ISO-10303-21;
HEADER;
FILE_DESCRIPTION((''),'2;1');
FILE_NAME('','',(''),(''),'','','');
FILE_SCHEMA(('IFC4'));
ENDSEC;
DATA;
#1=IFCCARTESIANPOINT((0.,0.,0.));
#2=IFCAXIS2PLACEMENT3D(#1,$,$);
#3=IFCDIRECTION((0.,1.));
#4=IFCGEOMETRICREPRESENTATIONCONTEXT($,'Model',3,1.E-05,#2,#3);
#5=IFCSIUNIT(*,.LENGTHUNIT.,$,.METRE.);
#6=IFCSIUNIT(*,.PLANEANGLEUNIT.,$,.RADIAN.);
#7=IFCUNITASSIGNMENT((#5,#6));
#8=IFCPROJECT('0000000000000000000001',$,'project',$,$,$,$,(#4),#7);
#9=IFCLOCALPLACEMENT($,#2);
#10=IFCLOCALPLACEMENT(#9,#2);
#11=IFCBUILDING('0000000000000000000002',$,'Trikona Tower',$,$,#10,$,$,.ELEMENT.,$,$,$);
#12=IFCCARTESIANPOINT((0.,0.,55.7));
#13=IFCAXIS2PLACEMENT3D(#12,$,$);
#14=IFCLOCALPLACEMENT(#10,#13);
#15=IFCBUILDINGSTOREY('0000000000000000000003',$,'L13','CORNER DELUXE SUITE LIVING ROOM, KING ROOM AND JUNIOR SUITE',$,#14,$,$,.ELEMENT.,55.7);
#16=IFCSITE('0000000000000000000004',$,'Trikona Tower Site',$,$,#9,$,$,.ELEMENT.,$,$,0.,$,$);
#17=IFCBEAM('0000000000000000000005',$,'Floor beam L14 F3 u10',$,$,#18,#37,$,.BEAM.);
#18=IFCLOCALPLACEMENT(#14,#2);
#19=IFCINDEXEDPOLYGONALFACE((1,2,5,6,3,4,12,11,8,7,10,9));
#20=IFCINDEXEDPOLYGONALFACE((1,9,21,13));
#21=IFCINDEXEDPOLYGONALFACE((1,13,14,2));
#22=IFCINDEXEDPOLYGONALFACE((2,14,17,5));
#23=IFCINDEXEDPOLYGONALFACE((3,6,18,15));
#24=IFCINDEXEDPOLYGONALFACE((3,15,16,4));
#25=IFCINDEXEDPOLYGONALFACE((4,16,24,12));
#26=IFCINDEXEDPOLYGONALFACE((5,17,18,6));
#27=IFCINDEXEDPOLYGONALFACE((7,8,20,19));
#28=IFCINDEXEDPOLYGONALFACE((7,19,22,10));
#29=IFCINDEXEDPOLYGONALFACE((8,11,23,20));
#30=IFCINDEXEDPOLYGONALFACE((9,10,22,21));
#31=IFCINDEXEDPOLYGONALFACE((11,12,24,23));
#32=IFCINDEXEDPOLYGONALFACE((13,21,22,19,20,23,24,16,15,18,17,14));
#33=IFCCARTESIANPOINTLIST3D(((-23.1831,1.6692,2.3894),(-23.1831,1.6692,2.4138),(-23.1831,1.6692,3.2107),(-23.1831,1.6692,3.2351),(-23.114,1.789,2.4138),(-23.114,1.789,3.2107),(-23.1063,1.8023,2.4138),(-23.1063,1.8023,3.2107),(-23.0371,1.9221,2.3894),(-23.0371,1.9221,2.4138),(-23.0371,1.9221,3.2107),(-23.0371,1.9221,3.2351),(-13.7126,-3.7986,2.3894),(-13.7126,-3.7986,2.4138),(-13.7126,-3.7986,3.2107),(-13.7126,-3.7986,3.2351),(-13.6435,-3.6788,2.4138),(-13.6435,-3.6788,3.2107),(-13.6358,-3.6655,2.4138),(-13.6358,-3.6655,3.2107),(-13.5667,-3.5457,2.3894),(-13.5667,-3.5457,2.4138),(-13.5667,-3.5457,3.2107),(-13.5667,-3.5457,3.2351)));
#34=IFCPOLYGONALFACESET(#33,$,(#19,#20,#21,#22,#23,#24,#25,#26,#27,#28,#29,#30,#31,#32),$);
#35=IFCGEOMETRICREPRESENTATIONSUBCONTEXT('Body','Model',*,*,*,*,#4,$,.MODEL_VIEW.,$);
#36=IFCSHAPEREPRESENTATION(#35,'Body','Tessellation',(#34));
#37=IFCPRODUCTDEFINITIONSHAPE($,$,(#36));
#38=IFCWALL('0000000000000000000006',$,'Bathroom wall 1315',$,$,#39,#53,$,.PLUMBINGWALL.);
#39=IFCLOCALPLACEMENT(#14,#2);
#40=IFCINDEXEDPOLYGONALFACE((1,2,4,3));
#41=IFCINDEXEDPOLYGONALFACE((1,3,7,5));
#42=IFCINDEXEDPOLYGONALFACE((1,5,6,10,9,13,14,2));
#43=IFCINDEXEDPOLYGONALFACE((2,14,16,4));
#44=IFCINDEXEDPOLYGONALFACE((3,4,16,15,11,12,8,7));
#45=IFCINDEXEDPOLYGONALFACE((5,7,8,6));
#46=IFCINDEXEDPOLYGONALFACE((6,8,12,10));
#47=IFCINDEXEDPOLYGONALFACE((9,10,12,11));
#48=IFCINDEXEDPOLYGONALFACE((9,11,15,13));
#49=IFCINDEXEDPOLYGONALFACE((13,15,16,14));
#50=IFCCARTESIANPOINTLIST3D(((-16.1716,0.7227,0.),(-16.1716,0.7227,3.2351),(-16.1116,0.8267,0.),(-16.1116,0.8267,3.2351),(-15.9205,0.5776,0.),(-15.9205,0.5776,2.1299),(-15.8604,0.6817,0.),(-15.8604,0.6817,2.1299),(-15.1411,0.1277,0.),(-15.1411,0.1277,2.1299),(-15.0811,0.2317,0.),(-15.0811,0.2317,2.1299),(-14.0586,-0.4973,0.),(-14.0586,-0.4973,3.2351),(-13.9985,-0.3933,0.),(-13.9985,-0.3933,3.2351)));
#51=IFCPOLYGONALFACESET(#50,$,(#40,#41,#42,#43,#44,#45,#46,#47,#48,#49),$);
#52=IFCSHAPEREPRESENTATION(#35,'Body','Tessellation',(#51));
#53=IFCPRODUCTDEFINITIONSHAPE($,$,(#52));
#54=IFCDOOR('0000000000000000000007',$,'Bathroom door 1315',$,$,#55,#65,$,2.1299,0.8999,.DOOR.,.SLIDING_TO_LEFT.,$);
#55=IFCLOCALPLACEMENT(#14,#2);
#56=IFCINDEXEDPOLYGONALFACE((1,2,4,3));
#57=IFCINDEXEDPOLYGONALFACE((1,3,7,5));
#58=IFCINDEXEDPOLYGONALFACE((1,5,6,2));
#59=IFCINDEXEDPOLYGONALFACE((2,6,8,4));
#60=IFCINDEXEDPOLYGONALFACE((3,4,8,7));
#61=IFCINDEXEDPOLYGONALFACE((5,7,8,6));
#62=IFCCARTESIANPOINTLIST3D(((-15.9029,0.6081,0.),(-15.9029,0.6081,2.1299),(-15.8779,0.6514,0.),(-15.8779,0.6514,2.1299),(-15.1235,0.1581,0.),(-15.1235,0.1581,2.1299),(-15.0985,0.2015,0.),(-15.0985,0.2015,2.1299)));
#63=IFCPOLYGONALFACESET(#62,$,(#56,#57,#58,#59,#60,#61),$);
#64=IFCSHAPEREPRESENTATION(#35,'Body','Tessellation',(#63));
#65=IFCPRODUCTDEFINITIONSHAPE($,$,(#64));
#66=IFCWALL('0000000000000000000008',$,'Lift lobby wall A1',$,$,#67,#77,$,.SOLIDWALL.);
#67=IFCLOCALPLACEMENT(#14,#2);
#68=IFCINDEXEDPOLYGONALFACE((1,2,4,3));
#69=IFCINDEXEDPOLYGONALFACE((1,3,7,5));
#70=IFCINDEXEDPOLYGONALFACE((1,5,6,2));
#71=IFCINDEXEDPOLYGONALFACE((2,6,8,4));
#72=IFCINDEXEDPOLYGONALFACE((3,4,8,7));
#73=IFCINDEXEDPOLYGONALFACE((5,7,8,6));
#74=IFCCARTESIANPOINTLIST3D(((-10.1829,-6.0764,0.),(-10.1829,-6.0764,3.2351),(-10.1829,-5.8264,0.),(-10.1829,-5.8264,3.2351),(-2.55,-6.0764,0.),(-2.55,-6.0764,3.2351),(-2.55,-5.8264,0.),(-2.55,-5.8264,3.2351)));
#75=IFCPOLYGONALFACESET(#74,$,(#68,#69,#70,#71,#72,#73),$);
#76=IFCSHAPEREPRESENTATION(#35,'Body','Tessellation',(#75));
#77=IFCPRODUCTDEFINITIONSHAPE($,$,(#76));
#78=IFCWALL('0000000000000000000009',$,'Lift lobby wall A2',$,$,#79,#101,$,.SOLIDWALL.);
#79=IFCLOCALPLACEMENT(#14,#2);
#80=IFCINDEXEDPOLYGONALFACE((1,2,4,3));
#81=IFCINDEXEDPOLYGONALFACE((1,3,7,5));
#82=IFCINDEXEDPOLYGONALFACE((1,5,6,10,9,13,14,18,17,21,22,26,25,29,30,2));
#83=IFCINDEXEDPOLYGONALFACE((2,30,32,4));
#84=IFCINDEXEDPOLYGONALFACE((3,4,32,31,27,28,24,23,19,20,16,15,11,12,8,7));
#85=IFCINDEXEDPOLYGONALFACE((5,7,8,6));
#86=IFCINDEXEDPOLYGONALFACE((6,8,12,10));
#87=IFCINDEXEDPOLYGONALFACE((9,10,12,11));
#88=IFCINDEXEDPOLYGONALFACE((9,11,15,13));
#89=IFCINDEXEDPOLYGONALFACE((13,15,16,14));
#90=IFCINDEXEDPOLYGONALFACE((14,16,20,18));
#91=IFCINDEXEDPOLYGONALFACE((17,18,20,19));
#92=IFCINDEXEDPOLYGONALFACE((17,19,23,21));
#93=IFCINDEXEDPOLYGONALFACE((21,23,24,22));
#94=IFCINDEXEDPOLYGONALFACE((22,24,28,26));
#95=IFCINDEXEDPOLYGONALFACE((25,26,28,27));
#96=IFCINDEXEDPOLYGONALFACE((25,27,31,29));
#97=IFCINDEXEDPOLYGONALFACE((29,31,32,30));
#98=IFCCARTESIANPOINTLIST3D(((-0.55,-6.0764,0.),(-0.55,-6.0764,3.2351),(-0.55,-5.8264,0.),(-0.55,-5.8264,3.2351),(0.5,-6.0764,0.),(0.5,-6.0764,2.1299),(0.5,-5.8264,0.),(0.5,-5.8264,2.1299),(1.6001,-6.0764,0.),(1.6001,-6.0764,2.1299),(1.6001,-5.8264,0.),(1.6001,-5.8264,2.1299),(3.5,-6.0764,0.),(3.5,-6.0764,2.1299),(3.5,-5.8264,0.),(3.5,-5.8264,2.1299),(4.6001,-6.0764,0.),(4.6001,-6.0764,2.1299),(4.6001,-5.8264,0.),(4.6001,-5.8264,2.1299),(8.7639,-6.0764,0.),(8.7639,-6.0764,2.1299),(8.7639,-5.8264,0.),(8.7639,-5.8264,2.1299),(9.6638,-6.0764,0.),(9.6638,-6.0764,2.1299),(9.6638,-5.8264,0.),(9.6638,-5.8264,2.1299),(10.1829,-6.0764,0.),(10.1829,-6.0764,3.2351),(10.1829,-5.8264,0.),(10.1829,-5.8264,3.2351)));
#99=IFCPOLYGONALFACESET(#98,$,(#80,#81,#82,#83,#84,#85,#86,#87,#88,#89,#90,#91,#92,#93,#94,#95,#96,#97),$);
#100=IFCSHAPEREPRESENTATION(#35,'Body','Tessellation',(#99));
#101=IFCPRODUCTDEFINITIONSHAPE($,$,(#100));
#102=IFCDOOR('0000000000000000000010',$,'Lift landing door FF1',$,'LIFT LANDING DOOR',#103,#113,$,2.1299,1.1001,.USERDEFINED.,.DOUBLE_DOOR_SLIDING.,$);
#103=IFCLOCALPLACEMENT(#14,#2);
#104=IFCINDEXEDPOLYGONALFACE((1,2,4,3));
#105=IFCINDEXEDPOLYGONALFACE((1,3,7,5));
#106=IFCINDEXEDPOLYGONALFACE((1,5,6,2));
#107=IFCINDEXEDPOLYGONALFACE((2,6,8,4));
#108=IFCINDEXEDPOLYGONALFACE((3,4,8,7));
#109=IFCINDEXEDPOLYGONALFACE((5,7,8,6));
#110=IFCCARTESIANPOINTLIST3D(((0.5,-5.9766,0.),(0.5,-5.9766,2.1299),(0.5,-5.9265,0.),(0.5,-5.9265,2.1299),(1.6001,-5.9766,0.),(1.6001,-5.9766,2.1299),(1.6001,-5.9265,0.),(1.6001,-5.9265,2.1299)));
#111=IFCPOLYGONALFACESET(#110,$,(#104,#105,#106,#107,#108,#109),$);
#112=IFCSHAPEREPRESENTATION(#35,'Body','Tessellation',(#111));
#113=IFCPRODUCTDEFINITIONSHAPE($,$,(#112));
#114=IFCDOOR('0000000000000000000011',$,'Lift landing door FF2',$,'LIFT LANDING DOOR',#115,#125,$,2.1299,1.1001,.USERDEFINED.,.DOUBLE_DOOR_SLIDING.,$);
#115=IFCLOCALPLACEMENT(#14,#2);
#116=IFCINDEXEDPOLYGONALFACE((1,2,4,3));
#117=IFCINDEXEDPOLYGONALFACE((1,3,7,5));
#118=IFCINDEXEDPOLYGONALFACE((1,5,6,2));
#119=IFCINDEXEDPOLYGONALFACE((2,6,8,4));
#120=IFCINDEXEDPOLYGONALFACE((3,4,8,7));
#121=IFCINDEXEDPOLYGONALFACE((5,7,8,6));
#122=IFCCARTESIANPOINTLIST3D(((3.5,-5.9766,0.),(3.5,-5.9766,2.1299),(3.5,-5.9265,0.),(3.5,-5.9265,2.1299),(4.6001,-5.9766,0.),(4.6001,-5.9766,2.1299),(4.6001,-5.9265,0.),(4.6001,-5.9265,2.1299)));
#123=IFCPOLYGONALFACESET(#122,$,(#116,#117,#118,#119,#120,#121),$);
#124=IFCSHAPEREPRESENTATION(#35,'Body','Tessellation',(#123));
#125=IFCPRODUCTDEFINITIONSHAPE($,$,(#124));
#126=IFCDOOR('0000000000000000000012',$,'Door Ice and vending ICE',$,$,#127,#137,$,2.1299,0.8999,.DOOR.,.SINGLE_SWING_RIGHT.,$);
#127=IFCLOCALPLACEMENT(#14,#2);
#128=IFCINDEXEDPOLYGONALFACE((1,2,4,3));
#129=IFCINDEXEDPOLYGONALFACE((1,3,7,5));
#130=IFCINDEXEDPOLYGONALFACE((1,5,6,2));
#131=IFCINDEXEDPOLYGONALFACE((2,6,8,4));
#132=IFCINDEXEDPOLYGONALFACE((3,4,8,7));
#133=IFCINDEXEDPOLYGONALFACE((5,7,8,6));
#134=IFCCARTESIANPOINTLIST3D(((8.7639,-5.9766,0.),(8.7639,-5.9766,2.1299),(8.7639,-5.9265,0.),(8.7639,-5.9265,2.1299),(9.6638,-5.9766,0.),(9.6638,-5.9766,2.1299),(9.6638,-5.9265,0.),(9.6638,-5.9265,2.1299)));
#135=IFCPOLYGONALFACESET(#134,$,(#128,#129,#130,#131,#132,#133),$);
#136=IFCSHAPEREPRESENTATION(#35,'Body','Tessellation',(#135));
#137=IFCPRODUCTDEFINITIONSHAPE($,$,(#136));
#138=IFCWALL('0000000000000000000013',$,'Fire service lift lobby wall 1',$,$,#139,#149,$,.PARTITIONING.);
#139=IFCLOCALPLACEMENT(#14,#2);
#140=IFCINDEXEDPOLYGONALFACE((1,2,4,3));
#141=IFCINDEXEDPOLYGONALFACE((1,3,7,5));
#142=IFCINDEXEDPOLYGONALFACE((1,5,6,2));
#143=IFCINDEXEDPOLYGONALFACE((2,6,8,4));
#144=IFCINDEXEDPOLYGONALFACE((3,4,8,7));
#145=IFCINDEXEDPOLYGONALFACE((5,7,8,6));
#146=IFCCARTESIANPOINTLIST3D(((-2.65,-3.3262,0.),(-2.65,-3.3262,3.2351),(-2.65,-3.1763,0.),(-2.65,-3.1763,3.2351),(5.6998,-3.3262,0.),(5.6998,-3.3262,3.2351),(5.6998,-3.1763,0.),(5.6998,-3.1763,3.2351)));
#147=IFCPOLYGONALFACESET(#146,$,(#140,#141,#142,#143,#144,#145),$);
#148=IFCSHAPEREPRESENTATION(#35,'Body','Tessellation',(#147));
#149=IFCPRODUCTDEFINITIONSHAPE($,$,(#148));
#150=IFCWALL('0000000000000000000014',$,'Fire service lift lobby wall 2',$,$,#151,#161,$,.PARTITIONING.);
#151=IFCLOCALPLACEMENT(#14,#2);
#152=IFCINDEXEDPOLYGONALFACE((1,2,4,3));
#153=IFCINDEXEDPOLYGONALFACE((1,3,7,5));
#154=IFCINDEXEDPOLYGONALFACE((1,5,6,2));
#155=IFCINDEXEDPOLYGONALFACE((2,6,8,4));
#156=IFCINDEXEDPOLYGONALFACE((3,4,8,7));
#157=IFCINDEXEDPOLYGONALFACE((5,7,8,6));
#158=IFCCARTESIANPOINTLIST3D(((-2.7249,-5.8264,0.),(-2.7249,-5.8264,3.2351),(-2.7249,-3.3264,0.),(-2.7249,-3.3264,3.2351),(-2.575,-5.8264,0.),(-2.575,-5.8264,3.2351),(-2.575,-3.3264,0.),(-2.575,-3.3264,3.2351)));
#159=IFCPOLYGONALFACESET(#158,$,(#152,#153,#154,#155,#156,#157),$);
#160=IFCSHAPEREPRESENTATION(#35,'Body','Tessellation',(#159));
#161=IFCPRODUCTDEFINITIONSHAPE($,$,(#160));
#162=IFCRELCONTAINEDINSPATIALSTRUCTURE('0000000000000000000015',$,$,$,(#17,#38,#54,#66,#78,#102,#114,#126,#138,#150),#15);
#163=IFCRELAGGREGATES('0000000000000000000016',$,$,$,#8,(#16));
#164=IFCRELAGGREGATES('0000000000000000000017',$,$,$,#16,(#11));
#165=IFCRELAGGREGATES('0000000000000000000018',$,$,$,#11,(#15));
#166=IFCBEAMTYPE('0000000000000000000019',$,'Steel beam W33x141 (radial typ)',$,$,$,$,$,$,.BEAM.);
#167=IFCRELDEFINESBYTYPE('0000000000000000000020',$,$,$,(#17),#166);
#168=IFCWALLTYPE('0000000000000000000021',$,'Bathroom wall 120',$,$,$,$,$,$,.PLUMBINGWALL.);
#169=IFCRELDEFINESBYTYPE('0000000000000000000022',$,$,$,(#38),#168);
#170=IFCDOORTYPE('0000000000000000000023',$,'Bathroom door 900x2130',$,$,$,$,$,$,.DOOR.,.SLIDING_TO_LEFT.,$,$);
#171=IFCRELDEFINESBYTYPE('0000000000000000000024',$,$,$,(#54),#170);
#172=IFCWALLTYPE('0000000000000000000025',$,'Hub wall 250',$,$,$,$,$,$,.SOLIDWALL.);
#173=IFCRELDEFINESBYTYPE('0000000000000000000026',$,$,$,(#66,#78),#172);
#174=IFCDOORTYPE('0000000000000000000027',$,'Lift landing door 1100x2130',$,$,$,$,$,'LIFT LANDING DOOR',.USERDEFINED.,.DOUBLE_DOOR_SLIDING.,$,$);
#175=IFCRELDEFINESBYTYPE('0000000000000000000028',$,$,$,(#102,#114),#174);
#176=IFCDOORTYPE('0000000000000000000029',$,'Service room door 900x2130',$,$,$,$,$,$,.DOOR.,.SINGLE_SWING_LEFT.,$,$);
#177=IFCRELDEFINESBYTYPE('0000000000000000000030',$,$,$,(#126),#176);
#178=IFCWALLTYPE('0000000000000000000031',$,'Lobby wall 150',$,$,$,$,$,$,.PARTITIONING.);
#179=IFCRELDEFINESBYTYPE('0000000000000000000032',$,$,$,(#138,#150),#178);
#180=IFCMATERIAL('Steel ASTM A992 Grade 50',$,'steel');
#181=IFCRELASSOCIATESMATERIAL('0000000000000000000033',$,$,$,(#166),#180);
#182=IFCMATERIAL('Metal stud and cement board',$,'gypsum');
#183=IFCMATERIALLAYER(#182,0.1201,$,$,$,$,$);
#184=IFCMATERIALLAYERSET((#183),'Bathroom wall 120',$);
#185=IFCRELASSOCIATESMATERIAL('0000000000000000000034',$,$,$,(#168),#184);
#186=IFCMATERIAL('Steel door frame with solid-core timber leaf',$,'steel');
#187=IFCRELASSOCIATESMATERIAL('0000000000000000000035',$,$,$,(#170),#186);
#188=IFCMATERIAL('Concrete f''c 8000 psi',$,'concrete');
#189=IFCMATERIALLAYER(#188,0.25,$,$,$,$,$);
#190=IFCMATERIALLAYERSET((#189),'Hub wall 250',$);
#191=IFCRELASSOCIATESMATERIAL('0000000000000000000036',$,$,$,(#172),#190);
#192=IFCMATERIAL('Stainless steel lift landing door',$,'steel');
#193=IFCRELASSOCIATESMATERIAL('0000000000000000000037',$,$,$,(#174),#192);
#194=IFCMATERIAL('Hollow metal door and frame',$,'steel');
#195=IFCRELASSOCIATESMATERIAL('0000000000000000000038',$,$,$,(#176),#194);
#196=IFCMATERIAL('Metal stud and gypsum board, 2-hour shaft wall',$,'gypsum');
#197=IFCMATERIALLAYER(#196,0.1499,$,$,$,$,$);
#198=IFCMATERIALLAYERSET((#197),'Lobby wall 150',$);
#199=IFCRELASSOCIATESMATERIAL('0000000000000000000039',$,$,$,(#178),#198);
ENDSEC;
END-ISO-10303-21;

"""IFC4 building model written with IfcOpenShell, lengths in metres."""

from ifc_helpers import new_model, si_unit, direction, frame, frame_2d, origin, origin_2d, place, context, subcontext, project, spatial, rectangle, i_section, extrude, material, layer, layer_set, material_profile, profile_set, type_object, element, fill, save


model = new_model("IFC4")

# Units and contexts
model_context = context("Model", 3, precision=1e-05, world=origin(), true_north=direction((0.0, 1.0)))
body_context = subcontext(model_context, "Body", "Model", "MODEL_VIEW")
ifc_project = project(units=[si_unit("LENGTHUNIT", "METRE"), si_unit("PLANEANGLEUNIT", "RADIAN")], contexts=[model_context])

# Site, building, storey
site_placement = place(None, origin())
site = spatial("IfcSite", under=ifc_project, at=site_placement, Name="Trikona Tower Site", CompositionType="ELEMENT", RefElevation=0.0)
building_placement = place(site_placement, origin())
building = spatial("IfcBuilding", under=site, at=building_placement, Name="Trikona Tower", CompositionType="ELEMENT")
storey_placement = place(building_placement, frame((0.0, 0.0, 55.7)))
storey = spatial("IfcBuildingStorey", under=building, at=storey_placement, Name="L13", Description="CORNER DELUXE SUITE LIVING ROOM, KING ROOM AND JUNIOR SUITE", CompositionType="ELEMENT", Elevation=55.7)

# Beam
ifc_material_1 = material(Name="Steel ASTM A992 Grade 50", Category="steel")
ifc_material_profile = material_profile(ifc_material_1, i_section(OverallWidth=0.292, OverallDepth=0.8457, WebThickness=0.0154, FlangeThickness=0.0244, at=origin_2d()), Name="W33X141")
ifc_profile_set = profile_set([ifc_material_profile], Name="Steel ASTM A992 Grade 50")
beam_type = type_object("IfcBeamType", Name="Steel beam W33x141 (radial typ)", PredefinedType="BEAM", material=ifc_profile_set)
beam_placement = place(storey_placement, frame((-13.6396, -3.6721, 2.8123), z_axis=(-0.866025, 0.5, 0.0), x_axis=(-0.5, -0.866025, 0.0)))
element("IfcBeam", 1, at=beam_placement, inside=storey, type_object=beam_type, Name="Floor beam L14 F3 u10", PredefinedType="BEAM", context=body_context, shape_type="SweptSolid", body=[
    extrude(i_section(OverallWidth=0.292, OverallDepth=0.8457, WebThickness=0.0154, FlangeThickness=0.0244, at=origin_2d()), origin(), (0.0, 0.0, 1.0), 10.9355),
])

# Wall, opening, door
ifc_material_2 = material(Name="Metal stud and cement board", Category="gypsum")
ifc_layer_1 = layer(ifc_material_2, 0.1201)
ifc_layer_set_1 = layer_set([ifc_layer_1], Name="Bathroom wall 120")
wall_type_1 = type_object("IfcWallType", Name="Bathroom wall 120", PredefinedType="PLUMBINGWALL", material=ifc_layer_set_1)
wall_1_placement = place(storey_placement, frame((-14.0286, -0.4453, 0.0), z_axis=(0.0, 0.0, 1.0), x_axis=(-0.866024, 0.500003, 0.0)))
wall_1 = element("IfcWall", 2, at=wall_1_placement, inside=storey, type_object=wall_type_1, Name="Bathroom wall 1315", PredefinedType="PLUMBINGWALL", context=body_context, shape_type="SweptSolid", body=[
    extrude(rectangle(XDim=2.4399, YDim=0.1201, at=frame_2d((1.22, 0.0))), origin(), (0.0, 0.0, 1.0), 3.2351),
])
opening_1_placement = place(wall_1_placement, frame((1.25, 0.0, 0.0)))
opening_1 = element("IfcOpeningElement", 3, at=opening_1_placement, cuts=wall_1, PredefinedType="OPENING", context=body_context, shape_type="SweptSolid", body=[
    extrude(rectangle(XDim=0.8999, YDim=2.1299, at=frame_2d((0.45, 1.0649))), frame((0.0, 0.0701, 0.0), z_axis=(0.0, -1.0, 0.0), x_axis=(1.0, 0.0, 0.0)), (0.0, 0.0, 1.0), 0.1401),
])
ifc_material_3 = material(Name="Steel door frame with solid-core timber leaf", Category="steel")
door_type_1 = type_object("IfcDoorType", Name="Bathroom door 900x2130", OperationType="SLIDING_TO_LEFT", PredefinedType="DOOR", material=ifc_material_3)
door_1_placement = place(opening_1_placement, origin())
door_1 = element("IfcDoor", 4, at=door_1_placement, inside=storey, type_object=door_type_1, Name="Bathroom door 1315", OperationType="SLIDING_TO_LEFT", OverallHeight=2.1299, OverallWidth=0.8999, PredefinedType="DOOR", context=body_context, shape_type="SweptSolid", body=[
    extrude(rectangle(XDim=0.8999, YDim=2.1299, at=frame_2d((0.45, 1.0649))), frame((0.0, 0.0249, 0.0), z_axis=(0.0, -1.0, 0.0), x_axis=(1.0, 0.0, 0.0)), (0.0, 0.0, 1.0), 0.05),
])
fill(opening_1, door_1)

# Wall
ifc_material_4 = material(Name="Concrete f'c 8000 psi", Category="concrete")
ifc_layer_2 = layer(ifc_material_4, 0.25)
ifc_layer_set_2 = layer_set([ifc_layer_2], Name="Hub wall 250")
wall_type_2 = type_object("IfcWallType", Name="Hub wall 250", PredefinedType="SOLIDWALL", material=ifc_layer_set_2)
wall_2_placement = place(storey_placement, frame((-10.1829, -5.9514, 0.0), z_axis=(0.0, 0.0, 1.0), x_axis=(1.0, 0.0, 0.0)))
element("IfcWall", 5, at=wall_2_placement, inside=storey, type_object=wall_type_2, Name="Lift lobby wall A1", PredefinedType="SOLIDWALL", context=body_context, shape_type="SweptSolid", body=[
    extrude(rectangle(XDim=7.6328, YDim=0.25, at=frame_2d((3.8164, 0.0))), origin(), (0.0, 0.0, 1.0), 3.2351),
])

# Wall, openings, doors
wall_3_placement = place(storey_placement, frame((-0.55, -5.9514, 0.0), z_axis=(0.0, 0.0, 1.0), x_axis=(1.0, 0.0, 0.0)))
wall_3 = element("IfcWall", 6, at=wall_3_placement, inside=storey, type_object=wall_type_2, Name="Lift lobby wall A2", PredefinedType="SOLIDWALL", context=body_context, shape_type="SweptSolid", body=[
    extrude(rectangle(XDim=10.7329, YDim=0.25, at=frame_2d((5.3665, 0.0))), origin(), (0.0, 0.0, 1.0), 3.2351),
])
opening_2_placement = place(wall_3_placement, frame((9.314, 0.0, 0.0)))
opening_2 = element("IfcOpeningElement", 7, at=opening_2_placement, cuts=wall_3, PredefinedType="OPENING", context=body_context, shape_type="SweptSolid", body=[
    extrude(rectangle(XDim=0.8999, YDim=2.1299, at=frame_2d((0.45, 1.0649))), frame((0.0, 0.135, 0.0), z_axis=(0.0, -1.0, 0.0), x_axis=(1.0, 0.0, 0.0)), (0.0, 0.0, 1.0), 0.27),
])
opening_3_placement = place(wall_3_placement, frame((1.05, 0.0, 0.0)))
opening_3 = element("IfcOpeningElement", 8, at=opening_3_placement, cuts=wall_3, PredefinedType="OPENING", context=body_context, shape_type="SweptSolid", body=[
    extrude(rectangle(XDim=1.1001, YDim=2.1299, at=frame_2d((0.55, 1.0649))), frame((0.0, 0.135, 0.0), z_axis=(0.0, -1.0, 0.0), x_axis=(1.0, 0.0, 0.0)), (0.0, 0.0, 1.0), 0.27),
])
opening_4_placement = place(wall_3_placement, frame((4.05, 0.0, 0.0)))
opening_4 = element("IfcOpeningElement", 9, at=opening_4_placement, cuts=wall_3, PredefinedType="OPENING", context=body_context, shape_type="SweptSolid", body=[
    extrude(rectangle(XDim=1.1001, YDim=2.1299, at=frame_2d((0.55, 1.0649))), frame((0.0, 0.135, 0.0), z_axis=(0.0, -1.0, 0.0), x_axis=(1.0, 0.0, 0.0)), (0.0, 0.0, 1.0), 0.27),
])
ifc_material_5 = material(Name="Stainless steel lift landing door", Category="steel")
door_type_2 = type_object("IfcDoorType", Name="Lift landing door 1100x2130", ElementType="LIFT LANDING DOOR", OperationType="DOUBLE_DOOR_SLIDING", PredefinedType="USERDEFINED", material=ifc_material_5)
door_2_placement = place(opening_3_placement, origin())
door_2 = element("IfcDoor", 10, at=door_2_placement, inside=storey, type_object=door_type_2, Name="Lift landing door FF1", ObjectType="LIFT LANDING DOOR", OperationType="DOUBLE_DOOR_SLIDING", OverallHeight=2.1299, OverallWidth=1.1001, PredefinedType="USERDEFINED", context=body_context, shape_type="SweptSolid", body=[
    extrude(rectangle(XDim=1.1001, YDim=2.1299, at=frame_2d((0.55, 1.0649))), frame((0.0, 0.0249, 0.0), z_axis=(0.0, -1.0, 0.0), x_axis=(1.0, 0.0, 0.0)), (0.0, 0.0, 1.0), 0.05),
])
fill(opening_3, door_2)
door_3_placement = place(opening_4_placement, origin())
door_3 = element("IfcDoor", 11, at=door_3_placement, inside=storey, type_object=door_type_2, Name="Lift landing door FF2", ObjectType="LIFT LANDING DOOR", OperationType="DOUBLE_DOOR_SLIDING", OverallHeight=2.1299, OverallWidth=1.1001, PredefinedType="USERDEFINED", context=body_context, shape_type="SweptSolid", body=[
    extrude(rectangle(XDim=1.1001, YDim=2.1299, at=frame_2d((0.55, 1.0649))), frame((0.0, 0.0249, 0.0), z_axis=(0.0, -1.0, 0.0), x_axis=(1.0, 0.0, 0.0)), (0.0, 0.0, 1.0), 0.05),
])
fill(opening_4, door_3)
ifc_material_6 = material(Name="Hollow metal door and frame", Category="steel")
door_type_3 = type_object("IfcDoorType", Name="Service room door 900x2130", OperationType="SINGLE_SWING_LEFT", PredefinedType="DOOR", material=ifc_material_6)
door_4_placement = place(opening_2_placement, origin())
door_4 = element("IfcDoor", 12, at=door_4_placement, inside=storey, type_object=door_type_3, Name="Door Ice and vending ICE", OperationType="SINGLE_SWING_RIGHT", OverallHeight=2.1299, OverallWidth=0.8999, PredefinedType="DOOR", context=body_context, shape_type="SweptSolid", body=[
    extrude(rectangle(XDim=0.8999, YDim=2.1299, at=frame_2d((0.45, 1.0649))), frame((0.0, 0.0249, 0.0), z_axis=(0.0, -1.0, 0.0), x_axis=(1.0, 0.0, 0.0)), (0.0, 0.0, 1.0), 0.05),
])
fill(opening_2, door_4)

# Walls
ifc_material_7 = material(Name="Metal stud and gypsum board, 2-hour shaft wall", Category="gypsum")
ifc_layer_3 = layer(ifc_material_7, 0.1499)
ifc_layer_set_3 = layer_set([ifc_layer_3], Name="Lobby wall 150")
wall_type_3 = type_object("IfcWallType", Name="Lobby wall 150", PredefinedType="PARTITIONING", material=ifc_layer_set_3)
wall_4_placement = place(storey_placement, frame((-2.6499, -3.2512, 0.0), z_axis=(0.0, 0.0, 1.0), x_axis=(1.0, 0.0, 0.0)))
element("IfcWall", 13, at=wall_4_placement, inside=storey, type_object=wall_type_3, Name="Fire service lift lobby wall 1", PredefinedType="PARTITIONING", context=body_context, shape_type="SweptSolid", body=[
    extrude(rectangle(XDim=8.3499, YDim=0.1499, at=frame_2d((4.1748, 0.0))), origin(), (0.0, 0.0, 1.0), 3.2351),
])
wall_5_placement = place(storey_placement, frame((-2.6499, -5.8264, 0.0), z_axis=(0.0, 0.0, 1.0), x_axis=(0.0, 1.0, 0.0)))
element("IfcWall", 14, at=wall_5_placement, inside=storey, type_object=wall_type_3, Name="Fire service lift lobby wall 2", PredefinedType="PARTITIONING", context=body_context, shape_type="SweptSolid", body=[
    extrude(rectangle(XDim=2.5, YDim=0.1499, at=frame_2d((1.25, 0.0))), origin(), (0.0, 0.0, 1.0), 3.2351),
])

save(model, "model.ifc")
